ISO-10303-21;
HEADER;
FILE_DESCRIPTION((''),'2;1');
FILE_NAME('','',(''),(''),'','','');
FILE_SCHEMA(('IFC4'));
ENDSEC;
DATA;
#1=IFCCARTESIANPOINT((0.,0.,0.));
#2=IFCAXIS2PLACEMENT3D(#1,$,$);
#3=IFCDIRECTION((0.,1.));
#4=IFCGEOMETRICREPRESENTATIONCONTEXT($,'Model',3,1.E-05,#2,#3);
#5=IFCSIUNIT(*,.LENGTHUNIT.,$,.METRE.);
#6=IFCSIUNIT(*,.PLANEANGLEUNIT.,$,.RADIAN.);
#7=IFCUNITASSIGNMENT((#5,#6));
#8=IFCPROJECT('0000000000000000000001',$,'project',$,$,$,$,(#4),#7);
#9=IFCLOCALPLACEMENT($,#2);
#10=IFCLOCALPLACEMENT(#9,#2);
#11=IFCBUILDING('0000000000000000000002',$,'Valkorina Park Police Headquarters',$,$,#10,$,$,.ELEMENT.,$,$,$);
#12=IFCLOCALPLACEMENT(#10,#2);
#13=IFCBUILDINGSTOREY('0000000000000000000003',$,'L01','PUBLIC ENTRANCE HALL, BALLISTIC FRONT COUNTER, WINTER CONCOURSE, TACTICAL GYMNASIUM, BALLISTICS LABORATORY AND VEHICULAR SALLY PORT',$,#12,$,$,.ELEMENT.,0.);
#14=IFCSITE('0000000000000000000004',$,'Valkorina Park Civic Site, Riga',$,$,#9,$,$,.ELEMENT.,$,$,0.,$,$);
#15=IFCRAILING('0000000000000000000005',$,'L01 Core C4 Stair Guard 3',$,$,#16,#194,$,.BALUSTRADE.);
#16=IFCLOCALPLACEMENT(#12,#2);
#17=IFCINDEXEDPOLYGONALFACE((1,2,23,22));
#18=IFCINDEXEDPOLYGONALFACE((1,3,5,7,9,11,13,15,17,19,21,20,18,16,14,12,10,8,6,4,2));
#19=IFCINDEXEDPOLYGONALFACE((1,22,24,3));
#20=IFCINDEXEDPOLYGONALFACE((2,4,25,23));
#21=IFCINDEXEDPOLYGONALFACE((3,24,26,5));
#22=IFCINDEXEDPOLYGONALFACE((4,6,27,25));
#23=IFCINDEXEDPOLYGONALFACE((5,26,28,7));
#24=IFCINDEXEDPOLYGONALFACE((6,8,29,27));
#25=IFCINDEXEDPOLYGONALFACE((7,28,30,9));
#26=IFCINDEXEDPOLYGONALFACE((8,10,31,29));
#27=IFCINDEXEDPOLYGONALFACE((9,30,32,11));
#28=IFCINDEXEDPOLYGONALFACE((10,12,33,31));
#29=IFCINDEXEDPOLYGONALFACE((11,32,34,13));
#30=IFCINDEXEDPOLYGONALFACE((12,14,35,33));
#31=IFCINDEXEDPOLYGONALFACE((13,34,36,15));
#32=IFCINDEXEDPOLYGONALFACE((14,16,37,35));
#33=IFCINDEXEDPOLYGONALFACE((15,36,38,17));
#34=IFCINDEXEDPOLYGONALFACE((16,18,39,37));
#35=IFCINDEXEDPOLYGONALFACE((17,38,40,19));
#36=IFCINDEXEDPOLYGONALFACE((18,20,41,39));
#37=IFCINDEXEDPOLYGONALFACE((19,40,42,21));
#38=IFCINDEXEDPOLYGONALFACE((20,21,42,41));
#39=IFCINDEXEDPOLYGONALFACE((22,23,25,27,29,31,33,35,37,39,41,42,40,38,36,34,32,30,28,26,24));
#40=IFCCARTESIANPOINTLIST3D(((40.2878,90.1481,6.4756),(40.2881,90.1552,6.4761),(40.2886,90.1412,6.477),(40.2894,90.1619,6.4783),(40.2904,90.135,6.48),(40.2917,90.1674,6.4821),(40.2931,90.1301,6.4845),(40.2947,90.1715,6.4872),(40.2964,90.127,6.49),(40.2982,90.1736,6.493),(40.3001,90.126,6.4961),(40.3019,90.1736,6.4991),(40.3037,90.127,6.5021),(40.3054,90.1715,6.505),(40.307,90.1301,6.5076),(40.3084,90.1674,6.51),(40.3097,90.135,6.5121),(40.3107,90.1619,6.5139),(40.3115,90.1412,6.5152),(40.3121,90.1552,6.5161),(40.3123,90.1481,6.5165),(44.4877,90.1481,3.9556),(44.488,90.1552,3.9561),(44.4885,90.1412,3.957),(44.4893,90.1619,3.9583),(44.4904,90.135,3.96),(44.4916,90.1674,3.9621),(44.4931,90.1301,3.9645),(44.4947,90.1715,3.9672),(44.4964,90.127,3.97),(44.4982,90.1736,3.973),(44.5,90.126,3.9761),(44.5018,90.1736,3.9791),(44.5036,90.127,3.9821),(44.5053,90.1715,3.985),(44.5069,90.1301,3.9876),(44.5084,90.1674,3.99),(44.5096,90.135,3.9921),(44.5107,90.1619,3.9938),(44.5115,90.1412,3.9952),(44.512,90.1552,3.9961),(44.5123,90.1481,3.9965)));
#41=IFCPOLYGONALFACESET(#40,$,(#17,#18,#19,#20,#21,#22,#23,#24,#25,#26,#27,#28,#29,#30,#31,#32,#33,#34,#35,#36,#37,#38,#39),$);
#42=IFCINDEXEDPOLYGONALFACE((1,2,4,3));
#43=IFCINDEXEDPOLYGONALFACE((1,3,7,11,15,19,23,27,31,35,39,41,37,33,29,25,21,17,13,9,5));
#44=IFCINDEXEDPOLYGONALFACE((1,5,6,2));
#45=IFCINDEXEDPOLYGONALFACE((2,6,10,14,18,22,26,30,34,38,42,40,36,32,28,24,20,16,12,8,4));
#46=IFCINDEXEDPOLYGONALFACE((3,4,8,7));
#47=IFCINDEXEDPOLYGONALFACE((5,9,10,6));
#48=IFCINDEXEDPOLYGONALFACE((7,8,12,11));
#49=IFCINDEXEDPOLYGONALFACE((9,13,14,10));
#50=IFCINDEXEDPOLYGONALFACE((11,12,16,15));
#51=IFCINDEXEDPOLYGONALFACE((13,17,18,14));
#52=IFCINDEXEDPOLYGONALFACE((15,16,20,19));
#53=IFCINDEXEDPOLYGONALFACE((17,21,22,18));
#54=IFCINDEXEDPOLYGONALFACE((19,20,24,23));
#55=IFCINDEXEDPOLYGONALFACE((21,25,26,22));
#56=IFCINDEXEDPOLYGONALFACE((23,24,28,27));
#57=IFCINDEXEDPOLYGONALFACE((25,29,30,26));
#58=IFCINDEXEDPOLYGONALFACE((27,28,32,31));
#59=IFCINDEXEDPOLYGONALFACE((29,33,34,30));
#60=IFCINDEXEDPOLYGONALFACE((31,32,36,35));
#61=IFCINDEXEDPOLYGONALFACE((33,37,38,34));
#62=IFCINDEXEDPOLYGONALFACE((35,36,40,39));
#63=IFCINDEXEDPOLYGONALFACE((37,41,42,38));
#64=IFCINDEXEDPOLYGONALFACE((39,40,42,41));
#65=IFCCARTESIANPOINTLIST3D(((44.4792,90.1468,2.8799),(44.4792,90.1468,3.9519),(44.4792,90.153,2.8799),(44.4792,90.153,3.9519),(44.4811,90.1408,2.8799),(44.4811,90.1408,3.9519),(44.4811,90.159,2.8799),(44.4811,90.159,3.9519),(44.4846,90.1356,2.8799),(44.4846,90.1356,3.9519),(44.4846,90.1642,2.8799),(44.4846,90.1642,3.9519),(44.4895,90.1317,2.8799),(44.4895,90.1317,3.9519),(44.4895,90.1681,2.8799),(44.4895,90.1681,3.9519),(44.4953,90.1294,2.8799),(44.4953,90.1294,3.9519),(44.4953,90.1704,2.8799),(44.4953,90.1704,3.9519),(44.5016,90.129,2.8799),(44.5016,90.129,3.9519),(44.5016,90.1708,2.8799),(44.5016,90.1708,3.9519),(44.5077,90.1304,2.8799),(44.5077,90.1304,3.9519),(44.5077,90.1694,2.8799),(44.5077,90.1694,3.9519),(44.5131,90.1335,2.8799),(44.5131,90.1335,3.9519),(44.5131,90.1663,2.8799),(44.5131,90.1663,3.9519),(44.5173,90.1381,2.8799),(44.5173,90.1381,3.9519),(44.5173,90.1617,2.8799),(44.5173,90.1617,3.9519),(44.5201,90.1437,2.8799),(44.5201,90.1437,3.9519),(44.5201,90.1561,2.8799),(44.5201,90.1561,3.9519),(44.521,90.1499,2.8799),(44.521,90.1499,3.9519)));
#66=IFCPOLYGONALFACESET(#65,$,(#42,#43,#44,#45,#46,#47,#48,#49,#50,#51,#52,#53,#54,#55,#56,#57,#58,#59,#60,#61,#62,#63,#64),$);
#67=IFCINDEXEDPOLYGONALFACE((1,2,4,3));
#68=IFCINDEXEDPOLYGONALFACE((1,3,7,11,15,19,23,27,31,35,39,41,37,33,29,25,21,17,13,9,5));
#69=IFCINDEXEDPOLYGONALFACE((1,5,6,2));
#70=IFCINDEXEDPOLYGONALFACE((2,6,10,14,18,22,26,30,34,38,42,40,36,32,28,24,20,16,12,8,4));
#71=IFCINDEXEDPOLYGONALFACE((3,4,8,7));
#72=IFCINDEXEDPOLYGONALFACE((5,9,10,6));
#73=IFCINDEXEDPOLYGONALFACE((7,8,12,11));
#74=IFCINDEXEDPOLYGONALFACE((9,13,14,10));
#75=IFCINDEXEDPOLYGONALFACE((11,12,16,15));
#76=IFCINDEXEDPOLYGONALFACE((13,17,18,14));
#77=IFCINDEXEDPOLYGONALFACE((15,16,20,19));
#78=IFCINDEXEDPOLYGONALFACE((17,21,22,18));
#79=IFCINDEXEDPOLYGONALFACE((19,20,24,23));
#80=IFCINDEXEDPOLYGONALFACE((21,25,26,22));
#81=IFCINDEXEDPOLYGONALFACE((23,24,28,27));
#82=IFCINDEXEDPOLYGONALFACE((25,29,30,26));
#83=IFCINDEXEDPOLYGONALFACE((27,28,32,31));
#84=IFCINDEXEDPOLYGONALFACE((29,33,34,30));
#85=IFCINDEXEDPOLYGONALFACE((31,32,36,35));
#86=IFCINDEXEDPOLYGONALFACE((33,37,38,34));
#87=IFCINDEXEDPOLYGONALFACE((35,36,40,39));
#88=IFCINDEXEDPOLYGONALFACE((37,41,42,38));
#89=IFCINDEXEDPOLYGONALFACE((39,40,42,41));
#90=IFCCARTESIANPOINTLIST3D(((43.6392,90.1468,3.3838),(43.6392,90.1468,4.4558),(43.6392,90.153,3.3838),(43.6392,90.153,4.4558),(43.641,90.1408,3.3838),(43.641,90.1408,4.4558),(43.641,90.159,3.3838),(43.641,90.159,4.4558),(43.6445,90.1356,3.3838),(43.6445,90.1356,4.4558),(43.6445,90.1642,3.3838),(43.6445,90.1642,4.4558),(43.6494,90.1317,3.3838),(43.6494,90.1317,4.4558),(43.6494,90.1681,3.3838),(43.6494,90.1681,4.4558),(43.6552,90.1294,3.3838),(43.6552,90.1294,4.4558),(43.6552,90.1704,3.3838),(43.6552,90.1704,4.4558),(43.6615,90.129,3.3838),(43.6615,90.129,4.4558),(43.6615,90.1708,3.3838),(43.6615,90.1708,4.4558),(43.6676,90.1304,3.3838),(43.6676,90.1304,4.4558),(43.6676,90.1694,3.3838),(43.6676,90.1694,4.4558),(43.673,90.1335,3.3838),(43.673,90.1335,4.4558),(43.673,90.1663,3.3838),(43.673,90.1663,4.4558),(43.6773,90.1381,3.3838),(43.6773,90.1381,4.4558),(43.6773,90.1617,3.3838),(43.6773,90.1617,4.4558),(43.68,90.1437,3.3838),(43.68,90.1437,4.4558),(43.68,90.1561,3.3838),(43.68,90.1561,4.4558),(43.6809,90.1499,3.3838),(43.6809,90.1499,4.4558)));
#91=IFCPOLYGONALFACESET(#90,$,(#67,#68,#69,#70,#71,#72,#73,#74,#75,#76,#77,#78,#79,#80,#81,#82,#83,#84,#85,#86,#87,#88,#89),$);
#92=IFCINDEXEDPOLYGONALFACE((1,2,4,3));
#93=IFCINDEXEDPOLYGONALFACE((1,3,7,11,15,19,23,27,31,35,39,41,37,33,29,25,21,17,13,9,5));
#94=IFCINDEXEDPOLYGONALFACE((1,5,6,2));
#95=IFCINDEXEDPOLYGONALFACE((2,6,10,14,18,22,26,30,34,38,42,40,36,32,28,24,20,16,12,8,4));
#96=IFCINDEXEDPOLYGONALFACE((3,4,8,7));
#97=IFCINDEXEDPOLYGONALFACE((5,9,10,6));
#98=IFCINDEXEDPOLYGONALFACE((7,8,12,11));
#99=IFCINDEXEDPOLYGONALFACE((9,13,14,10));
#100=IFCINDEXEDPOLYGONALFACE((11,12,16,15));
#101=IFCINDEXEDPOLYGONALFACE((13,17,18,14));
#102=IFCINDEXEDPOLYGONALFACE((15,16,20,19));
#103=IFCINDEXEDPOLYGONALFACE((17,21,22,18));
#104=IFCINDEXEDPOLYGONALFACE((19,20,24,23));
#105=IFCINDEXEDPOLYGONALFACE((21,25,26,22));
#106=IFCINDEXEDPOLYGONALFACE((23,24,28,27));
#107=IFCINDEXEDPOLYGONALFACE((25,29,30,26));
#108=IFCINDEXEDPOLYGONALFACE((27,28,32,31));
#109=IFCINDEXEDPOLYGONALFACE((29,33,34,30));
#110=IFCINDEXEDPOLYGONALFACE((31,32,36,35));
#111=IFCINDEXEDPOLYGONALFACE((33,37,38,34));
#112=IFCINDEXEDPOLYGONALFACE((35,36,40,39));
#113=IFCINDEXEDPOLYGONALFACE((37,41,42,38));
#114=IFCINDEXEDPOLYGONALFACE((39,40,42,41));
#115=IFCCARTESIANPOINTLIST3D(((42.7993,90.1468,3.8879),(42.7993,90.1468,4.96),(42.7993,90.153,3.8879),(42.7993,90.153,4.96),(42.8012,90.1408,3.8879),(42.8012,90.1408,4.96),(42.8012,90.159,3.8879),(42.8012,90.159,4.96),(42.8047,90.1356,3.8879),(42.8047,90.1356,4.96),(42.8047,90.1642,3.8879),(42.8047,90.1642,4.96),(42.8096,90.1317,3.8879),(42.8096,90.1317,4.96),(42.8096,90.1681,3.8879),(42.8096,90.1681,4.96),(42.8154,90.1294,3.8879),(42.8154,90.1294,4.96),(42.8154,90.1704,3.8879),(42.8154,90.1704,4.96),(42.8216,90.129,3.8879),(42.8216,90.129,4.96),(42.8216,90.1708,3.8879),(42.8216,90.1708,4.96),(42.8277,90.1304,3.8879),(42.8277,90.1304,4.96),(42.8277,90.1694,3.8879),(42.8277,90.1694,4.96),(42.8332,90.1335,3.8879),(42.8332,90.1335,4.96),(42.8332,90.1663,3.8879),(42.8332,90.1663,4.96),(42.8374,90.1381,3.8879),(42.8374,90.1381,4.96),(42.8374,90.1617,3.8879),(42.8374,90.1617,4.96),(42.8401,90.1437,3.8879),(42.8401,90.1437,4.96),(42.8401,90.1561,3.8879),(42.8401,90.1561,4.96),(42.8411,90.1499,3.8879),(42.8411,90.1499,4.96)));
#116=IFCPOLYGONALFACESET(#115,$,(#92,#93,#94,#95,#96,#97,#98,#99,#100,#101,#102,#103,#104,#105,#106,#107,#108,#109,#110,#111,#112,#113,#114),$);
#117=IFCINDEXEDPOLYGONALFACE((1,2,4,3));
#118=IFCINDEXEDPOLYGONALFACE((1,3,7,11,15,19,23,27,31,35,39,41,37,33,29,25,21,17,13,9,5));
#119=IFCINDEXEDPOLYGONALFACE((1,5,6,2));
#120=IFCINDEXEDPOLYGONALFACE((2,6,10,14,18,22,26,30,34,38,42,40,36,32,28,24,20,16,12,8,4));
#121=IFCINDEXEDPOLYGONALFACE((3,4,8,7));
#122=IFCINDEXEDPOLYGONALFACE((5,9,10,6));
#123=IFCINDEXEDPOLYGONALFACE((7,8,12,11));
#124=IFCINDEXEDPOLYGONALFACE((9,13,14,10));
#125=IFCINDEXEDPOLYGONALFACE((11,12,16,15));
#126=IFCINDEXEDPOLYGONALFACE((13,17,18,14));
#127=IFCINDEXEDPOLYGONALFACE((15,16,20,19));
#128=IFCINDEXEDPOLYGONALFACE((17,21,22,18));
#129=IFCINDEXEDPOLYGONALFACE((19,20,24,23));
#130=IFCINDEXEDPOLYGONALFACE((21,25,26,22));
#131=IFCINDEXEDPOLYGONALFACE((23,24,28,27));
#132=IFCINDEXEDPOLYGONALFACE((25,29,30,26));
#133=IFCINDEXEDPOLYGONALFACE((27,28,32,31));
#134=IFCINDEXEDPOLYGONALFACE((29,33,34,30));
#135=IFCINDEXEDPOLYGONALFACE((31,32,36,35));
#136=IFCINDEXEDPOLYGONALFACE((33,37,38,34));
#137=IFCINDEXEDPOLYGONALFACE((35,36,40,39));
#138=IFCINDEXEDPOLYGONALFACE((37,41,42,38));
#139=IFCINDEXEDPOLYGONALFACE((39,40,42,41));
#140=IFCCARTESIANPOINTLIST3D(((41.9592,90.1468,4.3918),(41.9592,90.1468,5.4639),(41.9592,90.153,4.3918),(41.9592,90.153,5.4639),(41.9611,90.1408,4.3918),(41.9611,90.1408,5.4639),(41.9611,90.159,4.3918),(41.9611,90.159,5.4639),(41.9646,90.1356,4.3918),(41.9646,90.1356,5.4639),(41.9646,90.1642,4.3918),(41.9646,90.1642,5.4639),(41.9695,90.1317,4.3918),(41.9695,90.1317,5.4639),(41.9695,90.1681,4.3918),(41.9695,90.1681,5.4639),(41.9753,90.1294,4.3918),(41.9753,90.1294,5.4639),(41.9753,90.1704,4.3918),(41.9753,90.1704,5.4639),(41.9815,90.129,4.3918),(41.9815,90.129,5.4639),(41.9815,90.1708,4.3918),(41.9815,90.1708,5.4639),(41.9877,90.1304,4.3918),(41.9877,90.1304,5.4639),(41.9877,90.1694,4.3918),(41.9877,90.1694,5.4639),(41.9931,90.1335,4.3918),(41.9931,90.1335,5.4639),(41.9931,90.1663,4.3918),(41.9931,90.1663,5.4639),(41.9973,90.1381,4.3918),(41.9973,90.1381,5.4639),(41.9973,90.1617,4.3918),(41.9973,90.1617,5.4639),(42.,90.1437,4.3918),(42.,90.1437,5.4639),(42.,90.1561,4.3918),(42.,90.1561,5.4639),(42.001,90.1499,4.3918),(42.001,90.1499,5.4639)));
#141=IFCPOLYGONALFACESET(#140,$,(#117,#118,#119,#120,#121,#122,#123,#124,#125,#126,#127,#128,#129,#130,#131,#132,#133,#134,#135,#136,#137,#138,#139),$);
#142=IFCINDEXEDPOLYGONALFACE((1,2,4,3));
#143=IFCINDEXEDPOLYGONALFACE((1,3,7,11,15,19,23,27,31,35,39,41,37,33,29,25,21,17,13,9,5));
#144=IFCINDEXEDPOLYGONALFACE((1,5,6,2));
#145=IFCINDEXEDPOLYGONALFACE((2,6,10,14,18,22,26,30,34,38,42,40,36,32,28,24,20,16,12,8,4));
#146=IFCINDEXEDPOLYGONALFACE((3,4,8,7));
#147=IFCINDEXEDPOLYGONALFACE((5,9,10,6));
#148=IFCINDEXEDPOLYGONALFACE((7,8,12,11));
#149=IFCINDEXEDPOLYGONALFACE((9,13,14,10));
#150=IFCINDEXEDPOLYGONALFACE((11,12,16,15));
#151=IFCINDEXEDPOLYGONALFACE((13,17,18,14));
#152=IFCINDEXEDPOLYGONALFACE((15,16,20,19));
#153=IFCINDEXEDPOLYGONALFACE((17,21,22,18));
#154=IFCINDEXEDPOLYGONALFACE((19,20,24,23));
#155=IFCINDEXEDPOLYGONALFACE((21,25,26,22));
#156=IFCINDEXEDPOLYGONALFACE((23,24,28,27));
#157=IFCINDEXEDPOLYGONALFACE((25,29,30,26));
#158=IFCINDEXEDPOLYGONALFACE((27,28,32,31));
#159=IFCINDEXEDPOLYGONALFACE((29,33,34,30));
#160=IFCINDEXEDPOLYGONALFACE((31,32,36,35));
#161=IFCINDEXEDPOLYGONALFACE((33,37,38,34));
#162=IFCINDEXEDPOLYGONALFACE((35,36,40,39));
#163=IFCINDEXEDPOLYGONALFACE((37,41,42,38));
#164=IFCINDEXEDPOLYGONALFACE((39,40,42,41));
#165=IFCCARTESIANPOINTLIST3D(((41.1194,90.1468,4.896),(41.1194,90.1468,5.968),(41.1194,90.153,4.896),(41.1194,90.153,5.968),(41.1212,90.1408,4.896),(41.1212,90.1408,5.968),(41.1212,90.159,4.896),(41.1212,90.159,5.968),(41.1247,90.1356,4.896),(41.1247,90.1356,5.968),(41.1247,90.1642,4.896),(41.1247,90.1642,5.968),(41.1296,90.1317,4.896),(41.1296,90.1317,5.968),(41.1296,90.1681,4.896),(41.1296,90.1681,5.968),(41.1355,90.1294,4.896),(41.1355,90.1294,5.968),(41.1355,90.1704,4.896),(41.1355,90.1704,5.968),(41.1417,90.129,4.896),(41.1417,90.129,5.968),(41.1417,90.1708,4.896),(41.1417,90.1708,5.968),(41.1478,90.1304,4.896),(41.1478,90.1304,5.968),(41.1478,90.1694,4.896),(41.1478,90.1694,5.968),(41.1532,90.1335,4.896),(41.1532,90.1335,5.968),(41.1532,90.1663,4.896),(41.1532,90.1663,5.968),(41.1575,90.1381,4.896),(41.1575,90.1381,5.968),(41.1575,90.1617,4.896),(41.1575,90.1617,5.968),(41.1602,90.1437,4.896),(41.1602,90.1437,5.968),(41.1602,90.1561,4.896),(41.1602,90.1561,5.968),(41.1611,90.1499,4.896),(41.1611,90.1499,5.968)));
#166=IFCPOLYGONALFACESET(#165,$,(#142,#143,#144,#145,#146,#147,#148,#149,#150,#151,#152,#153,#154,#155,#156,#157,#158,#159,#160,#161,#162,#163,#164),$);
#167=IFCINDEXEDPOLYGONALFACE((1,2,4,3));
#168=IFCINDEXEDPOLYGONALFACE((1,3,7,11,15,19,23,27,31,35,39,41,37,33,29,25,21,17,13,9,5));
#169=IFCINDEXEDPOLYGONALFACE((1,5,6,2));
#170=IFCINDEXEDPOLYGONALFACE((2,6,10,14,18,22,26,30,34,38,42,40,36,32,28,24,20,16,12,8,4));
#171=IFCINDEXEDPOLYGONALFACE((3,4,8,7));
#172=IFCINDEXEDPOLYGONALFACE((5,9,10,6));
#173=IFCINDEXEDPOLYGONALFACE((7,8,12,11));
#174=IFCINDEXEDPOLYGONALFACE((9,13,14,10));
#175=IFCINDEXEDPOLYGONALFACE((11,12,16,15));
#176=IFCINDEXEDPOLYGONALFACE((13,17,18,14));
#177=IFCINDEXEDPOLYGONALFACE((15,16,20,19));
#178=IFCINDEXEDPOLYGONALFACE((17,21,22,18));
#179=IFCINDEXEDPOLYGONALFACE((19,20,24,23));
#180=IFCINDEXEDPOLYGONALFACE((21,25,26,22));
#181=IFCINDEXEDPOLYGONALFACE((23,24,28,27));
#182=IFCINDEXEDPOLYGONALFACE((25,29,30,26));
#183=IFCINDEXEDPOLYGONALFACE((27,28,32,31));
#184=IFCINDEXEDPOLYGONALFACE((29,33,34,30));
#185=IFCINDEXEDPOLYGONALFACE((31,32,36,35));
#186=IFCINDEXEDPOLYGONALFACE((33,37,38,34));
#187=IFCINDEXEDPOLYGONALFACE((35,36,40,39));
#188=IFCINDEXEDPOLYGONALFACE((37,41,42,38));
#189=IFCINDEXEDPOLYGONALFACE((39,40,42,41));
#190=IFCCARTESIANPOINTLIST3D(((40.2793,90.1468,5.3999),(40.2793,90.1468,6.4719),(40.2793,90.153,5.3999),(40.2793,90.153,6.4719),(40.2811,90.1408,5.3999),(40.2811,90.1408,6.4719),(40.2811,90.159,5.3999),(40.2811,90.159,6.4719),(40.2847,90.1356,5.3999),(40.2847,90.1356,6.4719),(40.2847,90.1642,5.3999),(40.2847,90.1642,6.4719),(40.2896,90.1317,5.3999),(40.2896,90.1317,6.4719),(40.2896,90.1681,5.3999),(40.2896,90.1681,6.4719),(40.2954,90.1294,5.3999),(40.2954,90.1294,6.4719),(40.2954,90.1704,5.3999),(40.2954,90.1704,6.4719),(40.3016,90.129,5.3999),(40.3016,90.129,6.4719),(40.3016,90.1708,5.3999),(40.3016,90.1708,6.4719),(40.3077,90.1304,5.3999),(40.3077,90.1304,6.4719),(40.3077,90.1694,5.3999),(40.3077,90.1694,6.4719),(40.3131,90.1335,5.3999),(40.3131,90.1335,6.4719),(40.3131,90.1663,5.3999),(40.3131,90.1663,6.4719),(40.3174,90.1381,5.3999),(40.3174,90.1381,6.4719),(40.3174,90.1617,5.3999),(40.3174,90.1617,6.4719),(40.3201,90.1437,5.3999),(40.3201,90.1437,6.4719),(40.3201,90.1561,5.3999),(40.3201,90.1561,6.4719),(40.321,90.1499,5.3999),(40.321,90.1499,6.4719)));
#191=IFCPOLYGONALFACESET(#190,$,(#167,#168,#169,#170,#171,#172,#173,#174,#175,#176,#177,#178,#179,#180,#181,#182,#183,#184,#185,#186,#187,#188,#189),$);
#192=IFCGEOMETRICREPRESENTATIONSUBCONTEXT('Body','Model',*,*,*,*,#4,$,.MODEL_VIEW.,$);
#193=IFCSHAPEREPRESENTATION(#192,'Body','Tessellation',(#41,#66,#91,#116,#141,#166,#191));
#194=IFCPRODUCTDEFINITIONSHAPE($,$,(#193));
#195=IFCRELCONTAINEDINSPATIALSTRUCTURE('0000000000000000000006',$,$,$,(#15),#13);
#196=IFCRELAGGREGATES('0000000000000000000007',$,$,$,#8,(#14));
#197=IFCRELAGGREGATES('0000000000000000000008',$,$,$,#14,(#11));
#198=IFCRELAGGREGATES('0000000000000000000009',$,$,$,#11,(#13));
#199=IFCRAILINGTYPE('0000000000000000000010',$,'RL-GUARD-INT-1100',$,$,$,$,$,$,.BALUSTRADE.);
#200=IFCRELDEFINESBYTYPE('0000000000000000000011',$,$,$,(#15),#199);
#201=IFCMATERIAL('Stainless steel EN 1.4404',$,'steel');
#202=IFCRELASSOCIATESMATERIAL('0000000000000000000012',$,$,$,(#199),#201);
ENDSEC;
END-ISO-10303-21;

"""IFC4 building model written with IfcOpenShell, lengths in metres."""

from ifc_helpers import new_model, si_unit, direction, frame, origin, origin_2d, place, context, subcontext, project, spatial, circle, extrude, material, type_object, element, save


model = new_model("IFC4")

# Units and contexts
model_context = context("Model", 3, precision=1e-05, world=origin(), true_north=direction((0.0, 1.0)))
body_context = subcontext(model_context, "Body", "Model", "MODEL_VIEW")
ifc_project = project(units=[si_unit("LENGTHUNIT", "METRE"), si_unit("PLANEANGLEUNIT", "RADIAN")], contexts=[model_context])

# Site, building, storey
site_placement = place(None, origin())
site = spatial("IfcSite", under=ifc_project, at=site_placement, Name="Valkorina Park Civic Site, Riga", CompositionType="ELEMENT", RefElevation=0.0)
building_placement = place(site_placement, origin())
building = spatial("IfcBuilding", under=site, at=building_placement, Name="Valkorina Park Police Headquarters", CompositionType="ELEMENT")
storey_placement = place(building_placement, origin())
storey = spatial("IfcBuildingStorey", under=building, at=storey_placement, Name="L01", Description="PUBLIC ENTRANCE HALL, BALLISTIC FRONT COUNTER, WINTER CONCOURSE, TACTICAL GYMNASIUM, BALLISTICS LABORATORY AND VEHICULAR SALLY PORT", CompositionType="ELEMENT", Elevation=0.0)

# Shared definitions
ifc_material_1 = material(Name="Stainless steel EN 1.4404", Category="steel")

# Railing
railing_type_1 = type_object("IfcRailingType", Name="RL-GUARD-INT-1100", PredefinedType="BALUSTRADE", material=ifc_material_1)
railing_1_placement = place(storey_placement, frame((44.5, 90.1499, 2.8799)))
element("IfcRailing", 1, at=railing_1_placement, inside=storey, type_object=railing_type_1, Name="L01 Core C4 Stair Guard 3", PredefinedType="BALUSTRADE", context=body_context, shape_type="SweptSolid", body=[
    extrude(circle(Radius=0.0239, at=origin_2d()), frame((0.0, 0.0, 1.0962), z_axis=(-0.857489, 0.0, 0.514503), x_axis=(0.0, -1.0, 0.0)), (0.0, 0.0, 1.0), 4.8979),
    extrude(circle(Radius=0.021, at=origin_2d()), origin(), (0.0, 0.0, 1.0), 1.072),
    extrude(circle(Radius=0.021, at=origin_2d()), frame((-0.8401, 0.0, 0.5039)), (0.0, 0.0, 1.0), 1.072),
    extrude(circle(Radius=0.021, at=origin_2d()), frame((-1.6799, 0.0, 1.0081)), (0.0, 0.0, 1.0), 1.072),
    extrude(circle(Radius=0.021, at=origin_2d()), frame((-2.52, 0.0, 1.512)), (0.0, 0.0, 1.0), 1.072),
    extrude(circle(Radius=0.021, at=origin_2d()), frame((-3.3599, 0.0, 2.0161)), (0.0, 0.0, 1.0), 1.072),
    extrude(circle(Radius=0.021, at=origin_2d()), frame((-4.2, 0.0, 2.52)), (0.0, 0.0, 1.0), 1.072),
])

save(model, "model.ifc")
